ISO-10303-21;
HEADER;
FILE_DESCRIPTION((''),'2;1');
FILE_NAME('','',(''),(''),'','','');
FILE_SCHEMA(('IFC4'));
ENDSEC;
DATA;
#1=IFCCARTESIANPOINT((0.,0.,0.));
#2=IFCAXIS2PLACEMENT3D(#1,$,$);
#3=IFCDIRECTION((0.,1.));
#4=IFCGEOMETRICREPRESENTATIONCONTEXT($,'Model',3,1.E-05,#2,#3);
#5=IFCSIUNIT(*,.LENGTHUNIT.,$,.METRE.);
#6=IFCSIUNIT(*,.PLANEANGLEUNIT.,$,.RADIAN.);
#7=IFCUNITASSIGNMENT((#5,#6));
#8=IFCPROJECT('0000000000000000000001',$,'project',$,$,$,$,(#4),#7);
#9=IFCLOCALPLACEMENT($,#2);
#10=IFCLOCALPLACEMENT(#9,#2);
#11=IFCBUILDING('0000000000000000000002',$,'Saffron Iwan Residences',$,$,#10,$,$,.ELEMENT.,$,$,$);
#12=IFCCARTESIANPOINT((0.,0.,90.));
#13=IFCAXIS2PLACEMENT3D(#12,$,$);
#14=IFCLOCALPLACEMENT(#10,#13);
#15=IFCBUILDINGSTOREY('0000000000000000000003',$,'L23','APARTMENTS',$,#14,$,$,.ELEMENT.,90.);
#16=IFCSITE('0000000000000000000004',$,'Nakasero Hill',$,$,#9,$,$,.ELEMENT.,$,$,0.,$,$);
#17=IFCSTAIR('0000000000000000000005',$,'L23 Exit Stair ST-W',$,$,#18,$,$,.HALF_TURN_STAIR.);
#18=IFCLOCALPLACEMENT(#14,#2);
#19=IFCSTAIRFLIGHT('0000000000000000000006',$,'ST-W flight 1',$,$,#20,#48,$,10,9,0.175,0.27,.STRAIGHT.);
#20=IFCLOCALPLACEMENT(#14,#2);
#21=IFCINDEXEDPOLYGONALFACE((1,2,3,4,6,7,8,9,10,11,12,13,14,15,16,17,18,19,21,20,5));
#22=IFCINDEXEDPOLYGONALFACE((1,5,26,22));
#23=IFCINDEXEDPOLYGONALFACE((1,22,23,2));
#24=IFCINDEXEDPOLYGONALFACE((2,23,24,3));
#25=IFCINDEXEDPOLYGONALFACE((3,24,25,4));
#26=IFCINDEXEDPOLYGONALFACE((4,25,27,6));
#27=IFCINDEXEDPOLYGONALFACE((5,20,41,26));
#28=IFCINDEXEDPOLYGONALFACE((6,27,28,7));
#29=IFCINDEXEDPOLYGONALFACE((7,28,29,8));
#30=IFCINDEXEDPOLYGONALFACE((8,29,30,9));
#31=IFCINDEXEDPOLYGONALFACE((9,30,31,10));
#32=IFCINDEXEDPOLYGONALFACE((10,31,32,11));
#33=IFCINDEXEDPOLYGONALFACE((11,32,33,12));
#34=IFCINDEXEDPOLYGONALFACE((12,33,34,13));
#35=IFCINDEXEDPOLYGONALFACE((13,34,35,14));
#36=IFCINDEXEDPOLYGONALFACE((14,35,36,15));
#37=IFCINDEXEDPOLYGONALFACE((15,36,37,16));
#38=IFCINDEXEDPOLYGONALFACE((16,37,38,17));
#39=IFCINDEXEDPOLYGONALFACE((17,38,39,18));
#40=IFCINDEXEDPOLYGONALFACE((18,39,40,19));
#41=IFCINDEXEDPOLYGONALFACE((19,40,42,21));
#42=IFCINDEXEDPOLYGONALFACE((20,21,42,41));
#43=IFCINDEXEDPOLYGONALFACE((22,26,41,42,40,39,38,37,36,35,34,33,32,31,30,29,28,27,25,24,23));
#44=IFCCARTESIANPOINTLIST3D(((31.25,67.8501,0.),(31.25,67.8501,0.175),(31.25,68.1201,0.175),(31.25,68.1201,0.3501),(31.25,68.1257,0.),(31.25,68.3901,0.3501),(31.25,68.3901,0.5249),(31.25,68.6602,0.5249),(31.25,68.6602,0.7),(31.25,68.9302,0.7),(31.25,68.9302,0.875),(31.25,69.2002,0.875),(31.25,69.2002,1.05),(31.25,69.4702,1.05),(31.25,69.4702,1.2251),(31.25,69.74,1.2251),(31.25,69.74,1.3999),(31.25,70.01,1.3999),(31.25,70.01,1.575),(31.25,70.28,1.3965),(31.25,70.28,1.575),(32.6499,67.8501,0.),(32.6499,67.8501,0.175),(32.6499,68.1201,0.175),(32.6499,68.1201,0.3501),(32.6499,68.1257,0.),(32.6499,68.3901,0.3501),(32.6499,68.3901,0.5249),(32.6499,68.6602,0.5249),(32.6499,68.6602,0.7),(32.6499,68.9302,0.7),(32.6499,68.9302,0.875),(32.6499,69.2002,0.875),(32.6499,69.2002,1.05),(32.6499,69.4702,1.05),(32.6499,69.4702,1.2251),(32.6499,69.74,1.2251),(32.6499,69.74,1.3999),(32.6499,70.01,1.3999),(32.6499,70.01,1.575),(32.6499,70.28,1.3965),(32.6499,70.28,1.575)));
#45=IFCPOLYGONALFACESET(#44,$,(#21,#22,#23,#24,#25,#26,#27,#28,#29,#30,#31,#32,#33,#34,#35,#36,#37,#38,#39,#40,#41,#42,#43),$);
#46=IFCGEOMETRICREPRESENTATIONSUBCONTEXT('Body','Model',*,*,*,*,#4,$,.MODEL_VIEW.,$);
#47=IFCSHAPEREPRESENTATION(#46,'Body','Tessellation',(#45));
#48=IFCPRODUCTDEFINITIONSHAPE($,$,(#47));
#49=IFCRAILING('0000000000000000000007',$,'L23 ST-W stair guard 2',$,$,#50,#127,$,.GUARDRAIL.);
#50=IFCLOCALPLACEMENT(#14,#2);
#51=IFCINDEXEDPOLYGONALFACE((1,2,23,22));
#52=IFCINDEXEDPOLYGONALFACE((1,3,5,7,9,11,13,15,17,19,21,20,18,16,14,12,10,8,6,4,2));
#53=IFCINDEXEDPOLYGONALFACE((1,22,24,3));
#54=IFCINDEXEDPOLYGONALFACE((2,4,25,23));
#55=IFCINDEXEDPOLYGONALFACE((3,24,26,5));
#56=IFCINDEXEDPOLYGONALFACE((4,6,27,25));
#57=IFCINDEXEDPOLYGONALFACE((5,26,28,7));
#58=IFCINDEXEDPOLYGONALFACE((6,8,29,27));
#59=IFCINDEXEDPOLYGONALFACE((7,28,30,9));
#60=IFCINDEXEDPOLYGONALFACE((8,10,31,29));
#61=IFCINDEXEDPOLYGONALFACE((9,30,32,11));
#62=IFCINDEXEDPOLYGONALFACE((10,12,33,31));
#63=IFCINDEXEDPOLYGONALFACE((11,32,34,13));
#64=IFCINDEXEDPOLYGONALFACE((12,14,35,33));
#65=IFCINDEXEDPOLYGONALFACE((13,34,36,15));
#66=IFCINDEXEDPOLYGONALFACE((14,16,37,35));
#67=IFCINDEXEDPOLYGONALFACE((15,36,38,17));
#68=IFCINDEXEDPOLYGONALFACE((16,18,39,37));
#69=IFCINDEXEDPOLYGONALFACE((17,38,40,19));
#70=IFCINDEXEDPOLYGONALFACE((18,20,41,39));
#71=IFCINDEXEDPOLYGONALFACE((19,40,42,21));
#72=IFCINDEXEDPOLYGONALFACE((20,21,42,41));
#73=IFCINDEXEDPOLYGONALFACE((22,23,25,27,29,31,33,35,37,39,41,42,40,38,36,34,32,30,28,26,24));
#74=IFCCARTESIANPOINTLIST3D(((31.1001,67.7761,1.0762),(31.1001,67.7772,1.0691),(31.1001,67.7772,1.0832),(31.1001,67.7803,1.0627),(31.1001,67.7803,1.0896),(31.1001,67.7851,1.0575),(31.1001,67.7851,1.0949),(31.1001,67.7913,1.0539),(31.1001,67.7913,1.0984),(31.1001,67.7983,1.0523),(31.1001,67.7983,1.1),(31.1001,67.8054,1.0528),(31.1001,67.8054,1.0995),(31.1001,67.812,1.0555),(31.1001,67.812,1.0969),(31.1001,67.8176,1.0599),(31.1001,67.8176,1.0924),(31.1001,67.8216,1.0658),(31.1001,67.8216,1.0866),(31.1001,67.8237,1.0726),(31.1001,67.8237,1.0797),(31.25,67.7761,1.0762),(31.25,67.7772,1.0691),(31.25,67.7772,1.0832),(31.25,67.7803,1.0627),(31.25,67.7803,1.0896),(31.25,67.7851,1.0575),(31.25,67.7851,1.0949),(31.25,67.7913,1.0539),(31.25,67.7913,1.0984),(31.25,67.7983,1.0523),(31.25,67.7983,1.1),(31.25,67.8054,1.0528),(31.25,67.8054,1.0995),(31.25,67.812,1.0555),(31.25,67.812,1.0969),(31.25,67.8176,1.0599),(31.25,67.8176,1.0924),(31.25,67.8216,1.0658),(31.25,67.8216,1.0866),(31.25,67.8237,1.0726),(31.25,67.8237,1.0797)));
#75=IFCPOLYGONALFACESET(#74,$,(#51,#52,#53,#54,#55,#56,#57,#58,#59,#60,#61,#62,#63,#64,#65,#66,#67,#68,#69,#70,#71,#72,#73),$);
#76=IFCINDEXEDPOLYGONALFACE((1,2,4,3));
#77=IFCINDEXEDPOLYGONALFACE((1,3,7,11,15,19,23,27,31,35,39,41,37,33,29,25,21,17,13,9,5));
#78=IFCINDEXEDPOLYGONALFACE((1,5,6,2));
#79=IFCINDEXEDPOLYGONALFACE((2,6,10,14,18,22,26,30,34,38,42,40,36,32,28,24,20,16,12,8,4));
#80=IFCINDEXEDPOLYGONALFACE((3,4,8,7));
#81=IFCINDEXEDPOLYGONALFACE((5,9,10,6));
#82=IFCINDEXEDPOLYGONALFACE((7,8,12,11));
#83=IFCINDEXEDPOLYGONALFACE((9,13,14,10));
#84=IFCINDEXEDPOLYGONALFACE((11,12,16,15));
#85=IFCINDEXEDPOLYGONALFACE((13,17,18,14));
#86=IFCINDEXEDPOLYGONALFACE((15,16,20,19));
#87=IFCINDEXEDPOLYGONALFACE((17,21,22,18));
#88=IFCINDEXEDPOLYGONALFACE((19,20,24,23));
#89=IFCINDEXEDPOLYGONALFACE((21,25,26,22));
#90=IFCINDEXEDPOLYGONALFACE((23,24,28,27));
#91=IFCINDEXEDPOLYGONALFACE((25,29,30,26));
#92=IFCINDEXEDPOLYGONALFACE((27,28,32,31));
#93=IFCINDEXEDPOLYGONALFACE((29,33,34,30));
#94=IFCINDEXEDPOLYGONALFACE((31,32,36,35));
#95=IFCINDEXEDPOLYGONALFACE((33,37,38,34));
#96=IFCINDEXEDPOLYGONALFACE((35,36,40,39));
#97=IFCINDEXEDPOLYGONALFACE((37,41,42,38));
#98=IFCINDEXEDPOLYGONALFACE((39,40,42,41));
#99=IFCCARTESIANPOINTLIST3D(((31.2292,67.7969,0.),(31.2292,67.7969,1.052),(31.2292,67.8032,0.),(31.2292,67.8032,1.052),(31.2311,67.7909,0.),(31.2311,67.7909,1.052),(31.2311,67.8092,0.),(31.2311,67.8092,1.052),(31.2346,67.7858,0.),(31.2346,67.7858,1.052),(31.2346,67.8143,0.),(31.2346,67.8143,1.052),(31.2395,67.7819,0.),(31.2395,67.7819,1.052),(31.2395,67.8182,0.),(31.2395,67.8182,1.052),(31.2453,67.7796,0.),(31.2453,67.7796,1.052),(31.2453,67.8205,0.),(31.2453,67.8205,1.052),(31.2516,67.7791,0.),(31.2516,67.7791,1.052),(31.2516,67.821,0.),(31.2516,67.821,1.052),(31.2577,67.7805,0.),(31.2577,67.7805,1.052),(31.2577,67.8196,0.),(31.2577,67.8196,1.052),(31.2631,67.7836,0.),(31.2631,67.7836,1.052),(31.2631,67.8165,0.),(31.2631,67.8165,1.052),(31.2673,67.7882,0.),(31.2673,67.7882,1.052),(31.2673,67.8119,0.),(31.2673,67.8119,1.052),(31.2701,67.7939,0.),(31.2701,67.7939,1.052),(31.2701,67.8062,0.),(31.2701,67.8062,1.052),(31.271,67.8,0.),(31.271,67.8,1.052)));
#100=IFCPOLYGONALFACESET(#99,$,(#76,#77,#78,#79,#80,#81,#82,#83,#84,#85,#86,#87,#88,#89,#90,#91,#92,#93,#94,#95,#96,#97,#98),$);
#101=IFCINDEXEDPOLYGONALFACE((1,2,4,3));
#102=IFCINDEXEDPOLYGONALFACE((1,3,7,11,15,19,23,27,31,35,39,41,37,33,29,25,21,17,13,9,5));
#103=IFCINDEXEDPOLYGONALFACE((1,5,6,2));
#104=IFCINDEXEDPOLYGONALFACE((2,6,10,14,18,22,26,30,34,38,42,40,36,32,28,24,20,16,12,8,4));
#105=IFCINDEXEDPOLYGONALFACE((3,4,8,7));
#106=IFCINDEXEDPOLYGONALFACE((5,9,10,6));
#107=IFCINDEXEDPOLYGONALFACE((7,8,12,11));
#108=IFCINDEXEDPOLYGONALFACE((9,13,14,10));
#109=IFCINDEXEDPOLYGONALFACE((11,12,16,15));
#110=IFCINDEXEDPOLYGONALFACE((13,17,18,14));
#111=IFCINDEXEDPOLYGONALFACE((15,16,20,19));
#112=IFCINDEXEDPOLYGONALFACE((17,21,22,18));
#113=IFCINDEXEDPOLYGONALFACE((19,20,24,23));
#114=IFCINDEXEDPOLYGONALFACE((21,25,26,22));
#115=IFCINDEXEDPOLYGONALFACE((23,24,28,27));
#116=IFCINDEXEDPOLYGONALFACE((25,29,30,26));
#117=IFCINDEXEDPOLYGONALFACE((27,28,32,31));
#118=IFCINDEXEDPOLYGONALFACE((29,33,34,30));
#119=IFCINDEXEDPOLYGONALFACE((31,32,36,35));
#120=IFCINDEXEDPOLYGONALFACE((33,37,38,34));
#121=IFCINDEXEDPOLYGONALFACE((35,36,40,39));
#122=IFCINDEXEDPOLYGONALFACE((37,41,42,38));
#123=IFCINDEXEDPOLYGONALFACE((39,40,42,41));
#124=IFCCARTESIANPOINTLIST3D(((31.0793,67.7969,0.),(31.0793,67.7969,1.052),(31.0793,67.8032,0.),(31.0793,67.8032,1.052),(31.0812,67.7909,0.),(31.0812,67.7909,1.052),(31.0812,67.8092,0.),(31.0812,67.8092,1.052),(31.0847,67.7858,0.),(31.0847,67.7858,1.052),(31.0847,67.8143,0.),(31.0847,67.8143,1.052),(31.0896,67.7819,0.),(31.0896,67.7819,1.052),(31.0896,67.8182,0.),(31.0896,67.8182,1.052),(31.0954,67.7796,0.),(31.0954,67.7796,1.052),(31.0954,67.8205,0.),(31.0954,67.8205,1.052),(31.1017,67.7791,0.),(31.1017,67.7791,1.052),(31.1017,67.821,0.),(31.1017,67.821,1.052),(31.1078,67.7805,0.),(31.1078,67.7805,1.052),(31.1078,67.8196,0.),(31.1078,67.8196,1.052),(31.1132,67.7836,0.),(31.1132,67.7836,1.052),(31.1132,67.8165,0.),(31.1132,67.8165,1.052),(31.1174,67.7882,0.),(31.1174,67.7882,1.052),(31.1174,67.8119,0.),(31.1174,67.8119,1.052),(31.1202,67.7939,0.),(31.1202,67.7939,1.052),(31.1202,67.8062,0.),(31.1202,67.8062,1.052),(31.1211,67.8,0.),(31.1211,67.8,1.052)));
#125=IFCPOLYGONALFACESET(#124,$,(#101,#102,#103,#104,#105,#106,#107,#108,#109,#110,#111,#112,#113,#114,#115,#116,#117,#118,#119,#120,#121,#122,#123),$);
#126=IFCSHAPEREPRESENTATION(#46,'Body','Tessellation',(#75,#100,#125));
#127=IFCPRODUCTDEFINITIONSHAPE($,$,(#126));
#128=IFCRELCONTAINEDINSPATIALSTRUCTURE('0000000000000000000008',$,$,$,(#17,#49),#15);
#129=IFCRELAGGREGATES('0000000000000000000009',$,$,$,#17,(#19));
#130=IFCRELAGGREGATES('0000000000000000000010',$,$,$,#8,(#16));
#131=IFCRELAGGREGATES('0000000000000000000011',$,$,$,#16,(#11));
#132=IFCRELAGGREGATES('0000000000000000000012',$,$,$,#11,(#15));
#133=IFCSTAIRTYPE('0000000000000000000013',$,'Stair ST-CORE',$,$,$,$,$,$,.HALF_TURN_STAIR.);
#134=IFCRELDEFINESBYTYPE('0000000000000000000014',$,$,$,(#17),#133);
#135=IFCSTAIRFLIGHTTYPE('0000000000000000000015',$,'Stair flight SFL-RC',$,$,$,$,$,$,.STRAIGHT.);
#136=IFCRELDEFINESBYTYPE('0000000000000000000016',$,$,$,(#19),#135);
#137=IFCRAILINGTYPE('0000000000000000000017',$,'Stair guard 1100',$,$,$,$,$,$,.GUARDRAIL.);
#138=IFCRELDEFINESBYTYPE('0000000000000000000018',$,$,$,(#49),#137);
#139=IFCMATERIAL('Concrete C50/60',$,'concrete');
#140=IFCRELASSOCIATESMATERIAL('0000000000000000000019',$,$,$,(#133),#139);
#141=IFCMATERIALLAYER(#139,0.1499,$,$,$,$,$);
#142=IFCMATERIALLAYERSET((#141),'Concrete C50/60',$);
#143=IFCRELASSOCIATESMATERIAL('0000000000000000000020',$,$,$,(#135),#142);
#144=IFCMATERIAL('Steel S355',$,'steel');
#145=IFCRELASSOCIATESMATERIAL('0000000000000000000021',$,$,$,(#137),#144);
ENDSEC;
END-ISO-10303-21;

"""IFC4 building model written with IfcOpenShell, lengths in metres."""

from ifc_helpers import new_model, si_unit, direction, frame, origin, origin_2d, place, context, subcontext, project, spatial, polyline, circle, outline, extrude, material, layer, layer_set, type_object, element, aggregate, save


model = new_model("IFC4")

# Units and contexts
model_context = context("Model", 3, precision=1e-05, world=origin(), true_north=direction((0.0, 1.0)))
body_context = subcontext(model_context, "Body", "Model", "MODEL_VIEW")
ifc_project = project(units=[si_unit("LENGTHUNIT", "METRE"), si_unit("PLANEANGLEUNIT", "RADIAN")], contexts=[model_context])

# Site, building, storey
site_placement = place(None, origin())
site = spatial("IfcSite", under=ifc_project, at=site_placement, Name="Nakasero Hill", CompositionType="ELEMENT", RefElevation=0.0)
building_placement = place(site_placement, origin())
building = spatial("IfcBuilding", under=site, at=building_placement, Name="Saffron Iwan Residences", CompositionType="ELEMENT")
storey_placement = place(building_placement, frame((0.0, 0.0, 90.0)))
storey = spatial("IfcBuildingStorey", under=building, at=storey_placement, Name="L23", Description="APARTMENTS", CompositionType="ELEMENT", Elevation=90.0)

# Stair, stair flight
ifc_material_1 = material(Name="Concrete C50/60", Category="concrete")
stair_type = type_object("IfcStairType", Name="Stair ST-CORE", PredefinedType="HALF_TURN_STAIR", material=ifc_material_1)
stair_placement = place(storey_placement, origin())
stair = element("IfcStair", 1, at=stair_placement, inside=storey, type_object=stair_type, Name="L23 Exit Stair ST-W", PredefinedType="HALF_TURN_STAIR")
ifc_layer_1 = layer(ifc_material_1, 0.1499)
ifc_layer_set_1 = layer_set([ifc_layer_1], Name="Concrete C50/60")
stair_flight_type = type_object("IfcStairFlightType", Name="Stair flight SFL-RC", PredefinedType="STRAIGHT", material=ifc_layer_set_1)
stair_flight_placement = place(storey_placement, frame((31.95, 67.8501, 0.0), z_axis=(0.0, 0.0, 1.0), x_axis=(0.0, 1.0, 0.0)))
stair_flight = element("IfcStairFlight", 2, at=stair_flight_placement, type_object=stair_flight_type, Name="ST-W flight 1", NumberOfRisers=10, NumberOfTreads=9, PredefinedType="STRAIGHT", RiserHeight=0.175, TreadLength=0.27, context=body_context, shape_type="SweptSolid", body=[
    extrude(outline(polyline([(0.0, 0.0), (0.0, 0.175), (0.27, 0.175), (0.27, 0.3501), (0.54, 0.3501), (0.54, 0.5249), (0.8101, 0.5249), (0.8101, 0.7), (1.0801, 0.7), (1.0801, 0.875), (1.3501, 0.875), (1.3501, 1.05), (1.6201, 1.05), (1.6201, 1.2251), (1.8899, 1.2251), (1.8899, 1.3999), (2.1599, 1.3999), (2.1599, 1.575), (2.4299, 1.575), (2.4299, 1.75), (2.4299, 1.3965), (0.2756, 0.0), (0.0, 0.0)])), frame((0.0, 0.7, 0.0), z_axis=(0.0, -1.0, 0.0), x_axis=(1.0, 0.0, 0.0)), (0.0, 0.0, 1.0), 1.3999),
])
aggregate(stair, [stair_flight])

# Railing
ifc_material_2 = material(Name="Steel S355", Category="steel")
railing_type_1 = type_object("IfcRailingType", Name="Stair guard 1100", PredefinedType="GUARDRAIL", material=ifc_material_2)
railing_1_placement = place(storey_placement, frame((31.25, 67.8, 0.0)))
element("IfcRailing", 3, at=railing_1_placement, inside=storey, type_object=railing_type_1, Name="L23 ST-W stair guard 2", PredefinedType="GUARDRAIL", context=body_context, shape_type="SweptSolid", body=[
    extrude(circle(Radius=0.0239, at=origin_2d()), frame((0.0, 0.0, 1.0762), z_axis=(-1.0, 0.0, 0.0), x_axis=(0.0, -1.0, 0.0)), (0.0, 0.0, 1.0), 0.1499),
    extrude(circle(Radius=0.021, at=origin_2d()), origin(), (0.0, 0.0, 1.0), 1.052),
    extrude(circle(Radius=0.021, at=origin_2d()), frame((-0.1499, 0.0, 0.0)), (0.0, 0.0, 1.0), 1.052),
])

save(model, "model.ifc")
